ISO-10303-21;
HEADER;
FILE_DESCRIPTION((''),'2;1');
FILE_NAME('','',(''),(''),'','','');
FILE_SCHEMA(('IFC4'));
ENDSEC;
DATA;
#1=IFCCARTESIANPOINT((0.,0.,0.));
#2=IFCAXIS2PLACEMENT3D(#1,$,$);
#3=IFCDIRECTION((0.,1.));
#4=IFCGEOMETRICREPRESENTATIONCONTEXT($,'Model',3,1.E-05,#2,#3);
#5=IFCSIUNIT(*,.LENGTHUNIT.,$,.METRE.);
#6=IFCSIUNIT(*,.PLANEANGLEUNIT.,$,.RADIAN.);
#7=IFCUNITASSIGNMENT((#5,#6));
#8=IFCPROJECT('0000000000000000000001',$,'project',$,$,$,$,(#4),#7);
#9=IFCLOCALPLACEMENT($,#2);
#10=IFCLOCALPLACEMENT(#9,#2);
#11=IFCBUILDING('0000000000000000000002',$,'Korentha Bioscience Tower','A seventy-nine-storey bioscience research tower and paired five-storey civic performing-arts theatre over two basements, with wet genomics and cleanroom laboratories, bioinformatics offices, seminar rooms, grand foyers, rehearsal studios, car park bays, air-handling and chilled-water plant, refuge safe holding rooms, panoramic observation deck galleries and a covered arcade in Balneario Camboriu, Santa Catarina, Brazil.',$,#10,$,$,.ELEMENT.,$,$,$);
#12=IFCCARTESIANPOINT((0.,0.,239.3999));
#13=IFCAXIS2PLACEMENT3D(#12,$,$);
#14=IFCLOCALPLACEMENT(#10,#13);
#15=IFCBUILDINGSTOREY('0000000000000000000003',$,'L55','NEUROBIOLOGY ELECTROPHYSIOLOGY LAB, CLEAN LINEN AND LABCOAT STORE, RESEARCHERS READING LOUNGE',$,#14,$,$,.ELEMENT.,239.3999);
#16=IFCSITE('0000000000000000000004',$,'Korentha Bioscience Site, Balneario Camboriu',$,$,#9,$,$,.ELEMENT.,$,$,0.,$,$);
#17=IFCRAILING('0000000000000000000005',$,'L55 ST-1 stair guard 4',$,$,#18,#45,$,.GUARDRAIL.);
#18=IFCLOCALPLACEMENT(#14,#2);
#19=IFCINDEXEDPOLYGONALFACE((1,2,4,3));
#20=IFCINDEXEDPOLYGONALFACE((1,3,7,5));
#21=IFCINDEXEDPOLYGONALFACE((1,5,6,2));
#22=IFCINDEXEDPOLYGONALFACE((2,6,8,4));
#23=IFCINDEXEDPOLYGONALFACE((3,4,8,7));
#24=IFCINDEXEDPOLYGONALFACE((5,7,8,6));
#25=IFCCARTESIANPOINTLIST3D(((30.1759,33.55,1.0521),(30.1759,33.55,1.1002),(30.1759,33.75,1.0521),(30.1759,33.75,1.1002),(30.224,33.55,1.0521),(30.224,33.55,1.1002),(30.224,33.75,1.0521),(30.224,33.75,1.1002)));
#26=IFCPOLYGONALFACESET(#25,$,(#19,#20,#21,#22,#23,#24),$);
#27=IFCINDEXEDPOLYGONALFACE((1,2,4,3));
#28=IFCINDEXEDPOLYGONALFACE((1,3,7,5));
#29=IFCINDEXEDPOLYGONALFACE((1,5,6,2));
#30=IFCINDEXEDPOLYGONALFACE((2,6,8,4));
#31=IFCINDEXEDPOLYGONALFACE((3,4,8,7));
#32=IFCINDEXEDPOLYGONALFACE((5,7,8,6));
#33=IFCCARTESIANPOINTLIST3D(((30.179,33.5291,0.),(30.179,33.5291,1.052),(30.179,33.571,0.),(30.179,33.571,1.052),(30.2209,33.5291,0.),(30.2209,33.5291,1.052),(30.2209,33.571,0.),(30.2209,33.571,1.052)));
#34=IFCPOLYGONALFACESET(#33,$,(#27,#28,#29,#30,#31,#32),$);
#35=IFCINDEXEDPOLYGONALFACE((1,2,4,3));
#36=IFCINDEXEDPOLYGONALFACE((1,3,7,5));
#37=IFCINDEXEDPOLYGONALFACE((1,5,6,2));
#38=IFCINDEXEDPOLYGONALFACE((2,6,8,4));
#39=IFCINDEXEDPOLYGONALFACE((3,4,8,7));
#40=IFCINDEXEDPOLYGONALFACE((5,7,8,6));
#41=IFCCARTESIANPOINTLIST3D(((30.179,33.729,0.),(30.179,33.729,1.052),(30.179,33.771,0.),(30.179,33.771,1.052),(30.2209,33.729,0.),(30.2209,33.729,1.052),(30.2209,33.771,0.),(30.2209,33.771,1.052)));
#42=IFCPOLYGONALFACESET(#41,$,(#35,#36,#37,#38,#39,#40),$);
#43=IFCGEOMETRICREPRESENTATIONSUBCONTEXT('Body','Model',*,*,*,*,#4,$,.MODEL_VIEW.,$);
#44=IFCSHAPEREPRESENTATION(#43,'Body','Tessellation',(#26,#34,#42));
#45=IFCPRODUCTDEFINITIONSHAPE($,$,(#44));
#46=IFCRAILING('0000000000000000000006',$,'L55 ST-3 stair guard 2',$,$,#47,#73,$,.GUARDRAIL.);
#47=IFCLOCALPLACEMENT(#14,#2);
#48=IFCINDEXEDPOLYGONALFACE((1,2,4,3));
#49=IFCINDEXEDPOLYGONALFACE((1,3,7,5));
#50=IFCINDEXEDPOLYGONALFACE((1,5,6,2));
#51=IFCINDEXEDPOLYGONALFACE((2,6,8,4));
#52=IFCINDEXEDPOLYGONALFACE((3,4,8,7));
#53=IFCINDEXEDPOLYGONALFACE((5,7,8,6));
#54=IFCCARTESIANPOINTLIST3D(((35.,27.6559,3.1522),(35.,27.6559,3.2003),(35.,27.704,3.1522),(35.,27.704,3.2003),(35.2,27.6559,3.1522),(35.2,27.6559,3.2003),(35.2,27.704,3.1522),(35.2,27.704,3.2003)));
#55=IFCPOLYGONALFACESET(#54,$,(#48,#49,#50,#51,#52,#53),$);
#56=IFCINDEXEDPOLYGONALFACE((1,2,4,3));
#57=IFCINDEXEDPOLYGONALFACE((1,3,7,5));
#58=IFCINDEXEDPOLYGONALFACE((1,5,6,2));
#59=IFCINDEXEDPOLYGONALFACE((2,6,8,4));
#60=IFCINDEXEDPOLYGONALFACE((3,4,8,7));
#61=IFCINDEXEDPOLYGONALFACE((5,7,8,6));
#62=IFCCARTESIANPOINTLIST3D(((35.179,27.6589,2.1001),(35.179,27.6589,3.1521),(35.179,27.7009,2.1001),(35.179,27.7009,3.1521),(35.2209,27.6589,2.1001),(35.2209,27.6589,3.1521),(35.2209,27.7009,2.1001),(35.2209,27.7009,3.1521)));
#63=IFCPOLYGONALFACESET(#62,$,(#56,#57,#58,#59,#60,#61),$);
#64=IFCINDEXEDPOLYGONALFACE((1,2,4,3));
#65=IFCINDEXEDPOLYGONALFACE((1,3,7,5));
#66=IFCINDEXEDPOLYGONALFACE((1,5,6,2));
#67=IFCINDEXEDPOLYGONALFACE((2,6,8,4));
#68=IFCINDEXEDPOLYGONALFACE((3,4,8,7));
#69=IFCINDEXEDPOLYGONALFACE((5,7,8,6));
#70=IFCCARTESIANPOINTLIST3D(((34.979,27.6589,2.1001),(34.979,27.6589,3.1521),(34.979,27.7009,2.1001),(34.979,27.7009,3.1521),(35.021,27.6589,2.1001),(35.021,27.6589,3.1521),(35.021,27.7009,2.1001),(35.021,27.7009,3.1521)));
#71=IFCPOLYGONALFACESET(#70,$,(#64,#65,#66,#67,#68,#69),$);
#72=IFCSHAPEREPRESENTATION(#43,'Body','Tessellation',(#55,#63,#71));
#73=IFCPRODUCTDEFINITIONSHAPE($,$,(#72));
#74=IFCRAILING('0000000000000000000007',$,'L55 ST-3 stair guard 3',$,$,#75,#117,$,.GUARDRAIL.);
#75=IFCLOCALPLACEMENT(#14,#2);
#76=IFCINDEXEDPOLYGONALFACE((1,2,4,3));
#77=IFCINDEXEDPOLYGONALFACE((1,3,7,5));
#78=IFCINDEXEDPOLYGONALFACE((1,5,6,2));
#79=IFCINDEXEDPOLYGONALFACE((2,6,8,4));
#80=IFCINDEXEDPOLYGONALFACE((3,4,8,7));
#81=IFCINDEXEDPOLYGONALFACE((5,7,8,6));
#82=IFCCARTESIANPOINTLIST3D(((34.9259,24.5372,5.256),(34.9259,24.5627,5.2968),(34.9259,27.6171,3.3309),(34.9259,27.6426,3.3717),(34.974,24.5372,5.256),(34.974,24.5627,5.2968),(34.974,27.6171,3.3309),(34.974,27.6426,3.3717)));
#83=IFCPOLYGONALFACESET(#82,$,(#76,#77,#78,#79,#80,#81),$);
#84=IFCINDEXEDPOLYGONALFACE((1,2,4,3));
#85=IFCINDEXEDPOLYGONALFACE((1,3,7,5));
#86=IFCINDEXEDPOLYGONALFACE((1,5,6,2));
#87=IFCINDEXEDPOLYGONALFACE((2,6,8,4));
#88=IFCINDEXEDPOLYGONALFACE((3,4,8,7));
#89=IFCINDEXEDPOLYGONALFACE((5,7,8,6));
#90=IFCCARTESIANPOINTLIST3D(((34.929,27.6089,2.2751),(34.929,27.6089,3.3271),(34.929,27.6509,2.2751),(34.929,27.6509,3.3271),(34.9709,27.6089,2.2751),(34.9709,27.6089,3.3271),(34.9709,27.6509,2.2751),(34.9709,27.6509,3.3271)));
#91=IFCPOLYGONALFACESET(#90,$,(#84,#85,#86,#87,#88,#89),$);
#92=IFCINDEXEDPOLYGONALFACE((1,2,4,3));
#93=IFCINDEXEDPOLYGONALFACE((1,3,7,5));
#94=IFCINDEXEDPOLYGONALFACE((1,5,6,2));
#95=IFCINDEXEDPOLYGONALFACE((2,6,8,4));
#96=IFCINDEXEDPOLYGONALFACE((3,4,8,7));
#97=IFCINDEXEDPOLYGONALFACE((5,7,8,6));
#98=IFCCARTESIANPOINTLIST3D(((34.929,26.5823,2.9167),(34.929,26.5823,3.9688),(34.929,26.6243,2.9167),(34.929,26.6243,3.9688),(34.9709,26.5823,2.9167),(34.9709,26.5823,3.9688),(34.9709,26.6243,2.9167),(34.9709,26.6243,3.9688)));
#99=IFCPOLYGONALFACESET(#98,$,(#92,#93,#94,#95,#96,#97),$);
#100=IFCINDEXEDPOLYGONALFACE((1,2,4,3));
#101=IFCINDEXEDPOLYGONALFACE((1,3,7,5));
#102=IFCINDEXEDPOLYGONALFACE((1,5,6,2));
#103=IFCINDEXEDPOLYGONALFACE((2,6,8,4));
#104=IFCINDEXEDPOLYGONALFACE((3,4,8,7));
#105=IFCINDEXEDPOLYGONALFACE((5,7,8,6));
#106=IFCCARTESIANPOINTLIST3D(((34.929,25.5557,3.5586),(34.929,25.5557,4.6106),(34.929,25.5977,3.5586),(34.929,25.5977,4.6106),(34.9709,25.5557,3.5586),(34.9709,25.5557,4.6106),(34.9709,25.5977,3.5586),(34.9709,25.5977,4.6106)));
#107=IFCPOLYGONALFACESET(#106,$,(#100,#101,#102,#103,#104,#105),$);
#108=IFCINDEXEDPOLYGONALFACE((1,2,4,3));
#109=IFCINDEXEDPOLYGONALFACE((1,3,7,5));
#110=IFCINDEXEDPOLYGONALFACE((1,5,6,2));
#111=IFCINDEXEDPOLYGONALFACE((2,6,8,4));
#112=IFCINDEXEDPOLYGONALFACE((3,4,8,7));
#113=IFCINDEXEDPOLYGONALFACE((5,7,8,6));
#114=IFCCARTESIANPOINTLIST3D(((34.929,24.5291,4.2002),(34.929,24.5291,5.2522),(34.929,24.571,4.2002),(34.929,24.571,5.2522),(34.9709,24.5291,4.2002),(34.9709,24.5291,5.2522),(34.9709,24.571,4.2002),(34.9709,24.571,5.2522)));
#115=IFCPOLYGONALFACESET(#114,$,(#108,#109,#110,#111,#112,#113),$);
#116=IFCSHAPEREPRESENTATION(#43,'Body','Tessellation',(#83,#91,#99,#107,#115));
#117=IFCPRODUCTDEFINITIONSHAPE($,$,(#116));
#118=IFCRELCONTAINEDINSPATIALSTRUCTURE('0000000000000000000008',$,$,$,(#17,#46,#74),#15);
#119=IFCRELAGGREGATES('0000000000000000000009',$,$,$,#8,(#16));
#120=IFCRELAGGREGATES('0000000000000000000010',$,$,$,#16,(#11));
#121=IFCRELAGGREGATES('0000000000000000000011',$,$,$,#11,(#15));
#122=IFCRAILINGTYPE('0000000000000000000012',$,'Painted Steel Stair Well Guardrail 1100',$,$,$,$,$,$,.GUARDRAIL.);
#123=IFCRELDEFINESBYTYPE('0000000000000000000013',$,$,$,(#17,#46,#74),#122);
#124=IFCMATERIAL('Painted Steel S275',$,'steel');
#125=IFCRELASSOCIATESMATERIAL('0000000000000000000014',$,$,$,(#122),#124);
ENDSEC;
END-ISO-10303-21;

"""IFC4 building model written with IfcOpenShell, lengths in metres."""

from ifc_helpers import new_model, si_unit, direction, frame, origin, origin_2d, place, context, subcontext, project, spatial, rectangle, extrude, material, type_object, element, save


model = new_model("IFC4")

# Units and contexts
model_context = context("Model", 3, precision=1e-05, world=origin(), true_north=direction((0.0, 1.0)))
body_context = subcontext(model_context, "Body", "Model", "MODEL_VIEW")
ifc_project = project(units=[si_unit("LENGTHUNIT", "METRE"), si_unit("PLANEANGLEUNIT", "RADIAN")], contexts=[model_context])

# Site, building, storey
site_placement = place(None, origin())
site = spatial("IfcSite", under=ifc_project, at=site_placement, Name="Korentha Bioscience Site, Balneario Camboriu", CompositionType="ELEMENT", RefElevation=0.0)
building_placement = place(site_placement, origin())
building = spatial("IfcBuilding", under=site, at=building_placement, Name="Korentha Bioscience Tower", Description="A seventy-nine-storey bioscience research tower and paired five-storey civic performing-arts theatre over two basements, with wet genomics and cleanroom laboratories, bioinformatics offices, seminar rooms, grand foyers, rehearsal studios, car park bays, air-handling and chilled-water plant, refuge safe holding rooms, panoramic observation deck galleries and a covered arcade in Balneario Camboriu, Santa Catarina, Brazil.", CompositionType="ELEMENT")
storey_placement = place(building_placement, frame((0.0, 0.0, 239.3999)))
storey = spatial("IfcBuildingStorey", under=building, at=storey_placement, Name="L55", Description="NEUROBIOLOGY ELECTROPHYSIOLOGY LAB, CLEAN LINEN AND LABCOAT STORE, RESEARCHERS READING LOUNGE", CompositionType="ELEMENT", Elevation=239.3999)

# Railings
ifc_material_1 = material(Name="Painted Steel S275", Category="steel")
railing_type_1 = type_object("IfcRailingType", Name="Painted Steel Stair Well Guardrail 1100", PredefinedType="GUARDRAIL", material=ifc_material_1)
railing_1_placement = place(storey_placement, frame((30.2, 33.55, 0.0)))
element("IfcRailing", 1, at=railing_1_placement, inside=storey, type_object=railing_type_1, Name="L55 ST-1 stair guard 4", PredefinedType="GUARDRAIL", context=body_context, shape_type="SweptSolid", body=[
    extrude(rectangle(XDim=0.0481, YDim=0.0481, at=origin_2d()), frame((0.0, 0.0, 1.0762), z_axis=(0.0, 1.0, 0.0), x_axis=(-1.0, 0.0, 0.0)), (0.0, 0.0, 1.0), 0.2),
    extrude(rectangle(XDim=0.042, YDim=0.042, at=origin_2d()), origin(), (0.0, 0.0, 1.0), 1.052),
    extrude(rectangle(XDim=0.042, YDim=0.042, at=origin_2d()), frame((0.0, 0.2, 0.0)), (0.0, 0.0, 1.0), 1.052),
])
railing_2_placement = place(storey_placement, frame((35.2, 27.6799, 2.1001)))
element("IfcRailing", 2, at=railing_2_placement, inside=storey, type_object=railing_type_1, Name="L55 ST-3 stair guard 2", PredefinedType="GUARDRAIL", context=body_context, shape_type="SweptSolid", body=[
    extrude(rectangle(XDim=0.0481, YDim=0.0481, at=origin_2d()), frame((0.0, 0.0, 1.0762), z_axis=(-1.0, 0.0, 0.0), x_axis=(0.0, -1.0, 0.0)), (0.0, 0.0, 1.0), 0.2),
    extrude(rectangle(XDim=0.042, YDim=0.042, at=origin_2d()), origin(), (0.0, 0.0, 1.0), 1.052),
    extrude(rectangle(XDim=0.042, YDim=0.042, at=origin_2d()), frame((-0.2, 0.0, 0.0)), (0.0, 0.0, 1.0), 1.052),
])
railing_3_placement = place(storey_placement, frame((34.95, 27.6299, 2.2751)))
element("IfcRailing", 3, at=railing_3_placement, inside=storey, type_object=railing_type_1, Name="L55 ST-3 stair guard 3", PredefinedType="GUARDRAIL", context=body_context, shape_type="SweptSolid", body=[
    extrude(rectangle(XDim=0.0481, YDim=0.0481, at=origin_2d()), frame((0.0, 0.0, 1.0762), z_axis=(0.0, -0.847979, 0.530029), x_axis=(1.0, 0.0, 0.0)), (0.0, 0.0, 1.0), 3.6321),
    extrude(rectangle(XDim=0.042, YDim=0.042, at=origin_2d()), origin(), (0.0, 0.0, 1.0), 1.052),
    extrude(rectangle(XDim=0.042, YDim=0.042, at=origin_2d()), frame((0.0, -1.0266, 0.6416)), (0.0, 0.0, 1.0), 1.052),
    extrude(rectangle(XDim=0.042, YDim=0.042, at=origin_2d()), frame((0.0, -2.0532, 1.2834)), (0.0, 0.0, 1.0), 1.052),
    extrude(rectangle(XDim=0.042, YDim=0.042, at=origin_2d()), frame((0.0, -3.0798, 1.925)), (0.0, 0.0, 1.0), 1.052),
])

save(model, "model.ifc")
